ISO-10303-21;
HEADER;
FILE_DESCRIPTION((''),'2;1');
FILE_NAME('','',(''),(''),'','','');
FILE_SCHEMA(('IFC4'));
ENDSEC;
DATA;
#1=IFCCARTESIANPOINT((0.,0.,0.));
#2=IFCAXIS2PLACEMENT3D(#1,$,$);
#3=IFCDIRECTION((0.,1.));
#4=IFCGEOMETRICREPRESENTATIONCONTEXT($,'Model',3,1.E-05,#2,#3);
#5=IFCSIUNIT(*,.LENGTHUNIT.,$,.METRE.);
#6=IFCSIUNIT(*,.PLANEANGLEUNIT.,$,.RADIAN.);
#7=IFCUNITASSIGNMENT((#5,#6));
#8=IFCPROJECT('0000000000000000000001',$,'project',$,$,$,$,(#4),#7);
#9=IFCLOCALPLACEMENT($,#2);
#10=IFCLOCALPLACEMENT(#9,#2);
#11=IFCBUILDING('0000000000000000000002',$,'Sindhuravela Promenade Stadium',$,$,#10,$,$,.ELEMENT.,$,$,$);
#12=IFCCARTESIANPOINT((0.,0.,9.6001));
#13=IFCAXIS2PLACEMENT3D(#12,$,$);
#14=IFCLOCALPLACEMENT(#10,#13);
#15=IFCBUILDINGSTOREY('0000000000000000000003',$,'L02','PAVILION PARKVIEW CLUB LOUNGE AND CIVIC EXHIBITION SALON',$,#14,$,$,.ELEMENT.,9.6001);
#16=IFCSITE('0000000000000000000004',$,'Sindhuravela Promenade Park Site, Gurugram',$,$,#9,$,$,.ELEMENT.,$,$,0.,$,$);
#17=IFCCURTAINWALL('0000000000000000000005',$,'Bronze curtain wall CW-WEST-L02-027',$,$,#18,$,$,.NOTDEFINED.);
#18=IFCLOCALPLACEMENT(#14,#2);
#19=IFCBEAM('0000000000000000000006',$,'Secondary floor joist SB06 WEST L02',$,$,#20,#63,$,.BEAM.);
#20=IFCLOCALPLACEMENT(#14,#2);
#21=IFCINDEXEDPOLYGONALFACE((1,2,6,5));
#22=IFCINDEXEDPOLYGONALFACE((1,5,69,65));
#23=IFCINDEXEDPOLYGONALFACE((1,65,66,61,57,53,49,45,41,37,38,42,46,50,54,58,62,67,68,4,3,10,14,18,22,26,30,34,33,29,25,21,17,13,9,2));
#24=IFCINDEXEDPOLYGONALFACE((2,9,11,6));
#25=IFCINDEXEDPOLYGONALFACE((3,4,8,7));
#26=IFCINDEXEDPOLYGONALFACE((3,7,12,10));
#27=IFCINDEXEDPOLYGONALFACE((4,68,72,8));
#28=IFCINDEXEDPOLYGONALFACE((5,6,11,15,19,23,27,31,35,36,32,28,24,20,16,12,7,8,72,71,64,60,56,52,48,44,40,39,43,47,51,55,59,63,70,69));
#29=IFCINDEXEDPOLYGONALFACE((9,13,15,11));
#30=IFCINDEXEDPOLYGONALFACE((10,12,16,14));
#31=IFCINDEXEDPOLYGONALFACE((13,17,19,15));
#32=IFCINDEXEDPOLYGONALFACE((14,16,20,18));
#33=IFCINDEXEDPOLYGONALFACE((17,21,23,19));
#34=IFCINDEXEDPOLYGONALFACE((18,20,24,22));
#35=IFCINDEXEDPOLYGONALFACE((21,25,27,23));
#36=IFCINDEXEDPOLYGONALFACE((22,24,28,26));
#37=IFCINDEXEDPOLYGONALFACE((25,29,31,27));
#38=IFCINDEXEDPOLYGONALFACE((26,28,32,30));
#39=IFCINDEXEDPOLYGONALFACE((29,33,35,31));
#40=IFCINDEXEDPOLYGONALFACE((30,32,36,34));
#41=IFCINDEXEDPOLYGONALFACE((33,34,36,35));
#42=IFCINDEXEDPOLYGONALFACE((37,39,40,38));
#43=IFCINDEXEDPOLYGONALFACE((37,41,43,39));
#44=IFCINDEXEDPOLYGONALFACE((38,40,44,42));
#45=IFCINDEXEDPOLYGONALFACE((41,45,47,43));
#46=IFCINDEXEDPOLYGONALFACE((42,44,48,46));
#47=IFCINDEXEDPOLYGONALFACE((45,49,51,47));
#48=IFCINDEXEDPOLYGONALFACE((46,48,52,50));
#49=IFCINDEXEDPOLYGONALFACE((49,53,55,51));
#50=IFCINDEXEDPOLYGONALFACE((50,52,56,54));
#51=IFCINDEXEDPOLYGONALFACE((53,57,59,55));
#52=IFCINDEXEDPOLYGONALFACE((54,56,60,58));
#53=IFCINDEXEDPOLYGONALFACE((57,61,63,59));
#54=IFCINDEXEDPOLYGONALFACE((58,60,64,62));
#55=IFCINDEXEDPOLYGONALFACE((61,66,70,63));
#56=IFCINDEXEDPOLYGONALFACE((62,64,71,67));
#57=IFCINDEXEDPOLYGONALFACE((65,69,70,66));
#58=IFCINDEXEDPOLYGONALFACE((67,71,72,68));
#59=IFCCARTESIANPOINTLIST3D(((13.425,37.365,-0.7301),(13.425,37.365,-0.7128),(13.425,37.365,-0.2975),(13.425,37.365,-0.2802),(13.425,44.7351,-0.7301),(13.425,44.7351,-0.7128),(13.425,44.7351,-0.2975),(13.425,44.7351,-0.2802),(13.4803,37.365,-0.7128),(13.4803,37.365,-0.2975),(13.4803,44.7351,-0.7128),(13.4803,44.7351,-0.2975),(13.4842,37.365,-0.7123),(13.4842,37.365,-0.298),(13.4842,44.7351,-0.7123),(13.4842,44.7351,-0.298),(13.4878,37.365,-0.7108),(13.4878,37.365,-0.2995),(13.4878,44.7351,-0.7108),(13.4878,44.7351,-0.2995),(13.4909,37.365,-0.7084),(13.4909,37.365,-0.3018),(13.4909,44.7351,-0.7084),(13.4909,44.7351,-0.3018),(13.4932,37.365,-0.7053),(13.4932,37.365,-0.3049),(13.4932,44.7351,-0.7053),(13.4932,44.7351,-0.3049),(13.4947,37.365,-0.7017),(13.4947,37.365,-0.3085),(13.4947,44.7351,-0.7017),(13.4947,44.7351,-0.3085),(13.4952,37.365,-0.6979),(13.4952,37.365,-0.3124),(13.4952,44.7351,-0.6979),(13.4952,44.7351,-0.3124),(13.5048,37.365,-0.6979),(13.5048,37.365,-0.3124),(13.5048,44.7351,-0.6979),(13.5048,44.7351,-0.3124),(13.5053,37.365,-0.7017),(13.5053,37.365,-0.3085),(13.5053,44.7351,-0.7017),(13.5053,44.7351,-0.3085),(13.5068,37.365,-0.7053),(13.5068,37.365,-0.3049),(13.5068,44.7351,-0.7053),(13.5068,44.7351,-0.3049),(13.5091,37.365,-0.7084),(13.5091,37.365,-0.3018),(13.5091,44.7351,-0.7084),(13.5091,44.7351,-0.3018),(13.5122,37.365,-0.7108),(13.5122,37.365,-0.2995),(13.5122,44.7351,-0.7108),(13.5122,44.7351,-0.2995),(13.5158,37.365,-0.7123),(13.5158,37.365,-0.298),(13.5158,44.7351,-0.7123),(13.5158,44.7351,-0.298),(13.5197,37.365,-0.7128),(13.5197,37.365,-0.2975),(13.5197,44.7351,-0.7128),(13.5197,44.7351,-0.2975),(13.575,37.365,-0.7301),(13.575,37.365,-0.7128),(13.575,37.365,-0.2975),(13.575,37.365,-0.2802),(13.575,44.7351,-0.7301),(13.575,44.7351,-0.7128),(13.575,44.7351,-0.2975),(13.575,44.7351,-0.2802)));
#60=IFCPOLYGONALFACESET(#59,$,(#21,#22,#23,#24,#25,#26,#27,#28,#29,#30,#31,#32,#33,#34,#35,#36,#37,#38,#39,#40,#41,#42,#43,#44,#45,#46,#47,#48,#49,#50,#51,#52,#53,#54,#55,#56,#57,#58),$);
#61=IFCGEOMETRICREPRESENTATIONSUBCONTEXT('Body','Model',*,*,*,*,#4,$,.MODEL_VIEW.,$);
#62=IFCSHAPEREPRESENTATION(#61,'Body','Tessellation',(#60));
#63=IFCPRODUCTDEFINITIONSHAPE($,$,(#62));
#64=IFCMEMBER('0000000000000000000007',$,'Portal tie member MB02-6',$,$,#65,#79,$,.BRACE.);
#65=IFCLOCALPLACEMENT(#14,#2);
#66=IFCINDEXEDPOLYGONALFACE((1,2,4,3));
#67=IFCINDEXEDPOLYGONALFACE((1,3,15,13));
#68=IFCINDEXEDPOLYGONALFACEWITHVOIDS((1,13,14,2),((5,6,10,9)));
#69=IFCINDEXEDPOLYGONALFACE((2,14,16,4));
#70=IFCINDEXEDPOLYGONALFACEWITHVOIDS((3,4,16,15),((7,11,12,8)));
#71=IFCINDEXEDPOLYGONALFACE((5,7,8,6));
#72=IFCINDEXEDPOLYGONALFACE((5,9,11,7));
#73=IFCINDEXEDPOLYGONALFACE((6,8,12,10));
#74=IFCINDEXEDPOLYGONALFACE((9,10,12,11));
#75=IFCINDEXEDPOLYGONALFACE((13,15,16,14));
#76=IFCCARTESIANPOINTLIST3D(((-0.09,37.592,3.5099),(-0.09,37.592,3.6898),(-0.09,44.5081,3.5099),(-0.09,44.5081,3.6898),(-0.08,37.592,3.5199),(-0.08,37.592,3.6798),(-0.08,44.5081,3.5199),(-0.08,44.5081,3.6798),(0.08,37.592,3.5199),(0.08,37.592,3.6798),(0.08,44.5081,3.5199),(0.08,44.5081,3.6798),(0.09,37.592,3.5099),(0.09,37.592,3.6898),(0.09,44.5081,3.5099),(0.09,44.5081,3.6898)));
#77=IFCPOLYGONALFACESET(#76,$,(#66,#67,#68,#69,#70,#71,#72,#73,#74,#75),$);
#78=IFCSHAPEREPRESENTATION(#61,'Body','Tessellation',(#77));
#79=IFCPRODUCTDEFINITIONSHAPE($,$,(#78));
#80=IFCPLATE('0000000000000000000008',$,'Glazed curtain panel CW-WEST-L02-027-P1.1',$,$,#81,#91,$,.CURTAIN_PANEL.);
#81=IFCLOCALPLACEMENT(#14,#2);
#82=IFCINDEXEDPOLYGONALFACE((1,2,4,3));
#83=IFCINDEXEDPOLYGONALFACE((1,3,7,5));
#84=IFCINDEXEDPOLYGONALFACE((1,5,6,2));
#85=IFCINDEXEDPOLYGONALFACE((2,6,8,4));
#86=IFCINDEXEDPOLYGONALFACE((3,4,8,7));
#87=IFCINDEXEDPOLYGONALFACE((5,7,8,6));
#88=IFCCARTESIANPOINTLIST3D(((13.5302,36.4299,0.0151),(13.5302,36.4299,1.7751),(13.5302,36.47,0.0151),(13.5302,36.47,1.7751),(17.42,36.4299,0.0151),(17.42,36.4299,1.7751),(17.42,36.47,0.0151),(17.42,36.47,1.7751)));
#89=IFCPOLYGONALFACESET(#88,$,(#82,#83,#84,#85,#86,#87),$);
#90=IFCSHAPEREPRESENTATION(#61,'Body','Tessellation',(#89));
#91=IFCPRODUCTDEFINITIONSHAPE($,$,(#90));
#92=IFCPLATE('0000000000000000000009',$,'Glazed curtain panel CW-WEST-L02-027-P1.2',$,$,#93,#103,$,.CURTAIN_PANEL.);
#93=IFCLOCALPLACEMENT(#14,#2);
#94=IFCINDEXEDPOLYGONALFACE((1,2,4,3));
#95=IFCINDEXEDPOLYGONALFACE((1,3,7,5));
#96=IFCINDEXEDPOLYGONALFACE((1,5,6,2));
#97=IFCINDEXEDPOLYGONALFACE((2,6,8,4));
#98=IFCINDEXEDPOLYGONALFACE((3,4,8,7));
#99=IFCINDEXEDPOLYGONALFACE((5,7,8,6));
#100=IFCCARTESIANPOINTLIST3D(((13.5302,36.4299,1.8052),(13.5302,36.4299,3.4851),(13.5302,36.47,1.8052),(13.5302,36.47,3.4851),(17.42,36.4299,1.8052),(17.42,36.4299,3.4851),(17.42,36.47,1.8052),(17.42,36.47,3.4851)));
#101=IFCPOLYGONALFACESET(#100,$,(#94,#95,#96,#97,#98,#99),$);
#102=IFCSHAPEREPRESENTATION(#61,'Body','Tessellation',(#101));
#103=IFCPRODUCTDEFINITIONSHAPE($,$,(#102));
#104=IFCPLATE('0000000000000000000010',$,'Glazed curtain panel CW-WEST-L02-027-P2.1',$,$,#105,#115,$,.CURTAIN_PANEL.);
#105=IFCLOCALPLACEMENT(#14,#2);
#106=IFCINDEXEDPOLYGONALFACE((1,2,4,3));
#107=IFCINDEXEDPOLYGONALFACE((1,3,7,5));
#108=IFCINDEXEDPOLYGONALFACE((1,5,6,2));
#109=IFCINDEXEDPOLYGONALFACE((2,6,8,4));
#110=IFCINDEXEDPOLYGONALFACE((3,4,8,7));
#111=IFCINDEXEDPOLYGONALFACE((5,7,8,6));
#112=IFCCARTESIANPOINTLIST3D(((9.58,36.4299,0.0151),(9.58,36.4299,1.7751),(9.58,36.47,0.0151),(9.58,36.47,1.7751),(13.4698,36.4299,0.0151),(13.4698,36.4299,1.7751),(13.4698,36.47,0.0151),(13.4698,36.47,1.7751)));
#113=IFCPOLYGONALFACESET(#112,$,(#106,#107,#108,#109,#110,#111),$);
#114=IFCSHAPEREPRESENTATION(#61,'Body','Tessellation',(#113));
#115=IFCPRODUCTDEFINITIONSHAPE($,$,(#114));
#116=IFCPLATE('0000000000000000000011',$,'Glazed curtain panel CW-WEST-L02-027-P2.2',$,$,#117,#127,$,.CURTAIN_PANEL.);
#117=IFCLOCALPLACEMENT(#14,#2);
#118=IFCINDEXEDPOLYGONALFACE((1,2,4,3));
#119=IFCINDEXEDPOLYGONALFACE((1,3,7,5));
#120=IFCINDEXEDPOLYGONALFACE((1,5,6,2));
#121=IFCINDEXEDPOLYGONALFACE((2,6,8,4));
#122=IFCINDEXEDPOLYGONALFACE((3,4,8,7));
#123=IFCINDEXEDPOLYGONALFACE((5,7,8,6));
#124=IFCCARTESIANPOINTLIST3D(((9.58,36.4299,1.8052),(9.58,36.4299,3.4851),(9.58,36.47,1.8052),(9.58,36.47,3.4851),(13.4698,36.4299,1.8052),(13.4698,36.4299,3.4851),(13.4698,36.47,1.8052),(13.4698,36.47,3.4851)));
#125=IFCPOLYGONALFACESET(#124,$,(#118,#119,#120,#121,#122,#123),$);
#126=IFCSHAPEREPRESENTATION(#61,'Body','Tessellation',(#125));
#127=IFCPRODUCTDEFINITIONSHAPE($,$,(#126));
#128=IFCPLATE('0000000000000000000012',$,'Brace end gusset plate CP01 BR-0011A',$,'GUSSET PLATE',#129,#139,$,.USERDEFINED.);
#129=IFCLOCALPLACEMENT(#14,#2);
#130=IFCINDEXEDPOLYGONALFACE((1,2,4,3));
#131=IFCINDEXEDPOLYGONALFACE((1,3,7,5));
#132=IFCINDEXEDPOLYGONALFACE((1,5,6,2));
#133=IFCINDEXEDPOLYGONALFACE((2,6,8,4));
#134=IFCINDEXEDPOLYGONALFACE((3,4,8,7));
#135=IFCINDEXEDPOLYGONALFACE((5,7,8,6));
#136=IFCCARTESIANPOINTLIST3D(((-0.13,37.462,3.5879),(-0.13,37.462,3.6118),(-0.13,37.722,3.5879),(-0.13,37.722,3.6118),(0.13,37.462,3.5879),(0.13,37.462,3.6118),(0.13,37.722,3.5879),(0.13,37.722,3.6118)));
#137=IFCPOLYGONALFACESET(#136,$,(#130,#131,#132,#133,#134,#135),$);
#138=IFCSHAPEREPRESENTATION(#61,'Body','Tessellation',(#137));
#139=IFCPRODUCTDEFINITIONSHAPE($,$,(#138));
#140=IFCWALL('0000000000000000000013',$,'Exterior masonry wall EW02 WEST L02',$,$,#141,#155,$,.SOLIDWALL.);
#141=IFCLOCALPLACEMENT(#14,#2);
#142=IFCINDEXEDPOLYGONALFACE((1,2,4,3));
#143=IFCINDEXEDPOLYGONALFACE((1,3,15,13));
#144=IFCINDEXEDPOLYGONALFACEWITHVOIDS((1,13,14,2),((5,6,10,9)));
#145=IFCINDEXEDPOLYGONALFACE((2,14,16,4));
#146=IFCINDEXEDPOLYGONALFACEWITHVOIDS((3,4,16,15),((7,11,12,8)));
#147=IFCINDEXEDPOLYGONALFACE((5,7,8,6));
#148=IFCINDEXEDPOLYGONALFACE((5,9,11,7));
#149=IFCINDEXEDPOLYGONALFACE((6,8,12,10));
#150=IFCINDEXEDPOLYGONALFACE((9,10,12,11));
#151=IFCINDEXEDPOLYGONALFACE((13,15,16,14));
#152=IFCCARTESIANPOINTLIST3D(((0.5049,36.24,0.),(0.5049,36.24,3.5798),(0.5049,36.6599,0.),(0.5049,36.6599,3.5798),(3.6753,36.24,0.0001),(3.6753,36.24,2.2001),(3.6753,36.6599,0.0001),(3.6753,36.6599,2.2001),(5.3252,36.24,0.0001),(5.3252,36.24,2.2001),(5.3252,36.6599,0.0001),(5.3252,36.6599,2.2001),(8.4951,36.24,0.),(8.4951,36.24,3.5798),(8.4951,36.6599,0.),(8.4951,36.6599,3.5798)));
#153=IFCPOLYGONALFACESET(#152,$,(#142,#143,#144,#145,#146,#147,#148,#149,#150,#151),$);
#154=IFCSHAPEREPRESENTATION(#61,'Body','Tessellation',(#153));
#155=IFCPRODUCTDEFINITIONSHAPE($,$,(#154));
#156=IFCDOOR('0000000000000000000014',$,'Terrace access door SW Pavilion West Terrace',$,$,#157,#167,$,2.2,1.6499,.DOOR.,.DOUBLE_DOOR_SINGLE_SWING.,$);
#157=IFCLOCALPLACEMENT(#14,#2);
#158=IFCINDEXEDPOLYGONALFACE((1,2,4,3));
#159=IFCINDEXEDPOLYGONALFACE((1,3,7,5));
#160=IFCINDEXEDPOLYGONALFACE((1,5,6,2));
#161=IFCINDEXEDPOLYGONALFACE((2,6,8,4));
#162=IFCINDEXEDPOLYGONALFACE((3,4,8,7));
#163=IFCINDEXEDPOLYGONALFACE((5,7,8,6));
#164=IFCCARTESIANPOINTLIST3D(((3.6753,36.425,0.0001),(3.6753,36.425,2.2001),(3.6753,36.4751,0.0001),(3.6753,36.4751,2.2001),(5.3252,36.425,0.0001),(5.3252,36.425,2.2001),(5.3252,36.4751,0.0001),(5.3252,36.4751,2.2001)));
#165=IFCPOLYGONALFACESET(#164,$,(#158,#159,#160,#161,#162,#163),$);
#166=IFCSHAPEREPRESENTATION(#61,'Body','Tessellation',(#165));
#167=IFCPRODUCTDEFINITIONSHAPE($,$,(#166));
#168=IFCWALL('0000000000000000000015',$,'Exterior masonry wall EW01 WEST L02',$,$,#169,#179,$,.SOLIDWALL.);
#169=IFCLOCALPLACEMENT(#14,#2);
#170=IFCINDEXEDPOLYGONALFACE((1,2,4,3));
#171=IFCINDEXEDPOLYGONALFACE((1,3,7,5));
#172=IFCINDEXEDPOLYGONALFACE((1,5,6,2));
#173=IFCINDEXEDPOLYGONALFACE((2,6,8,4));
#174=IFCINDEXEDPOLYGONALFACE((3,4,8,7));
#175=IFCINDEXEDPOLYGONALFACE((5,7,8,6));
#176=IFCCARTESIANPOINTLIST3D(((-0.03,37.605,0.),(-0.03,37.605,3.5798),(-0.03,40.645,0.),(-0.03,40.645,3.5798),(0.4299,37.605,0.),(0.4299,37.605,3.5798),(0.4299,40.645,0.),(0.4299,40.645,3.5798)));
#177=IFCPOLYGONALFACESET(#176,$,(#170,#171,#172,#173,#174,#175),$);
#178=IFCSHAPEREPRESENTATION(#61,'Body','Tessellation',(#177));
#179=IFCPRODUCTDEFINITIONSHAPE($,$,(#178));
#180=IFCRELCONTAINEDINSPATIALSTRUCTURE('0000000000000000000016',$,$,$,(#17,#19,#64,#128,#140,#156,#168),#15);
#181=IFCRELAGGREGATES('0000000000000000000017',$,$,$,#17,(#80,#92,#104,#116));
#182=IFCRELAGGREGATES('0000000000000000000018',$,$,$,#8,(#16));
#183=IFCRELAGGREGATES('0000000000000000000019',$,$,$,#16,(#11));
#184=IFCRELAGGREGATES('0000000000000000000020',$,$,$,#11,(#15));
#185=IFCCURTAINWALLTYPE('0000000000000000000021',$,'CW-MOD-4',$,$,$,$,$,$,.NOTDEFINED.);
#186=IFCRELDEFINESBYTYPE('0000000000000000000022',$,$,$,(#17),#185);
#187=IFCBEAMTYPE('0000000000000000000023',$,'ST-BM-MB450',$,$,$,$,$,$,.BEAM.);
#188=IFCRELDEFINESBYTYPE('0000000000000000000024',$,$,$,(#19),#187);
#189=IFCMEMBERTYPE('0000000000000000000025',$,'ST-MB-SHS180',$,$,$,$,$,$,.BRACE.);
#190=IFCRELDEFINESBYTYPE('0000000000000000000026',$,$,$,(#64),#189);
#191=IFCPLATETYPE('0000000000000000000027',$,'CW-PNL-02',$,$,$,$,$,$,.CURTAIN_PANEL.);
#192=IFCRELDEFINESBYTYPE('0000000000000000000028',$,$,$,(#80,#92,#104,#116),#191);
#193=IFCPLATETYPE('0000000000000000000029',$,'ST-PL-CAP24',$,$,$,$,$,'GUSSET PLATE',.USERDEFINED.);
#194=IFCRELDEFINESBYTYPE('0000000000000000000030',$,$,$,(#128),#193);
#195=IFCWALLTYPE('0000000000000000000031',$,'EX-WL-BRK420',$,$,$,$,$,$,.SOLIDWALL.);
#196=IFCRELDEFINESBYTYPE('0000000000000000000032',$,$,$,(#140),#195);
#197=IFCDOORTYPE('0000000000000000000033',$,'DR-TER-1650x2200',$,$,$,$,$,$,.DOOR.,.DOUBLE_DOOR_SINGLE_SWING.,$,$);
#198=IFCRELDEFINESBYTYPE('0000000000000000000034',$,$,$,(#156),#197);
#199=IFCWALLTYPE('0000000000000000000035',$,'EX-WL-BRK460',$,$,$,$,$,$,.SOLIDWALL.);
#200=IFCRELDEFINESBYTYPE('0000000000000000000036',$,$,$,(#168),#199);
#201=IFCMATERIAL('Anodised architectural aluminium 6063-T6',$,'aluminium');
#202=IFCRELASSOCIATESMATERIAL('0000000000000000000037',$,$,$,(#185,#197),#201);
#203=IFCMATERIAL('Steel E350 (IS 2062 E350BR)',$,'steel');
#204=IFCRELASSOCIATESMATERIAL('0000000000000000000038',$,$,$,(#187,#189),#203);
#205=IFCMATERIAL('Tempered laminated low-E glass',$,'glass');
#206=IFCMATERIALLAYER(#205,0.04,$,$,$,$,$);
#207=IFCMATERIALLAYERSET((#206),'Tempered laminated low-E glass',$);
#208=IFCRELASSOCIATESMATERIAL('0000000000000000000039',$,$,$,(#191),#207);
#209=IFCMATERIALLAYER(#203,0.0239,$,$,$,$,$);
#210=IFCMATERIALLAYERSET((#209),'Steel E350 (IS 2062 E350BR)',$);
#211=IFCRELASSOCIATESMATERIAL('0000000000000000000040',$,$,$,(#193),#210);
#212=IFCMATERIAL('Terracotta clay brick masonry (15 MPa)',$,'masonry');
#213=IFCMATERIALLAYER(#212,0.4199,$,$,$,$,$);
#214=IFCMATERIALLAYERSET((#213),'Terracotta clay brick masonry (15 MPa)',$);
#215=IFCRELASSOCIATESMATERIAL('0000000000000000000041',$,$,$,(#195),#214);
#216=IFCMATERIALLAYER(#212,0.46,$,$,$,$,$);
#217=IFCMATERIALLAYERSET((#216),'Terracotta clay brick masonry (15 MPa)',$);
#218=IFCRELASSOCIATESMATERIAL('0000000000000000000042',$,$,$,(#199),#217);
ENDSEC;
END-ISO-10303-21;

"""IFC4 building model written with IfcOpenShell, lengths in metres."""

from ifc_helpers import new_model, si_unit, direction, frame, frame_2d, origin, origin_2d, place, context, subcontext, project, spatial, rectangle, hollow_rectangle, i_section, extrude, material, layer, layer_set, material_profile, profile_set, type_object, element, fill, aggregate, save


model = new_model("IFC4")

# Units and contexts
model_context = context("Model", 3, precision=1e-05, world=origin(), true_north=direction((0.0, 1.0)))
body_context = subcontext(model_context, "Body", "Model", "MODEL_VIEW")
ifc_project = project(units=[si_unit("LENGTHUNIT", "METRE"), si_unit("PLANEANGLEUNIT", "RADIAN")], contexts=[model_context])

# Site, building, storey
site_placement = place(None, origin())
site = spatial("IfcSite", under=ifc_project, at=site_placement, Name="Sindhuravela Promenade Park Site, Gurugram", CompositionType="ELEMENT", RefElevation=0.0)
building_placement = place(site_placement, origin())
building = spatial("IfcBuilding", under=site, at=building_placement, Name="Sindhuravela Promenade Stadium", CompositionType="ELEMENT")
storey_placement = place(building_placement, frame((0.0, 0.0, 9.6001)))
storey = spatial("IfcBuildingStorey", under=building, at=storey_placement, Name="L02", Description="PAVILION PARKVIEW CLUB LOUNGE AND CIVIC EXHIBITION SALON", CompositionType="ELEMENT", Elevation=9.6001)

# Curtain wall
ifc_material_1 = material(Name="Anodised architectural aluminium 6063-T6", Category="aluminium")
curtain_wall_type = type_object("IfcCurtainWallType", Name="CW-MOD-4", PredefinedType="NOTDEFINED", material=ifc_material_1)
curtain_wall_placement = place(storey_placement, origin())
curtain_wall = element("IfcCurtainWall", 1, at=curtain_wall_placement, inside=storey, type_object=curtain_wall_type, Name="Bronze curtain wall CW-WEST-L02-027", PredefinedType="NOTDEFINED")

# Beam
ifc_material_2 = material(Name="Steel E350 (IS 2062 E350BR)", Category="steel")
ifc_material_profile_1 = material_profile(ifc_material_2, i_section(OverallWidth=0.1499, OverallDepth=0.45, WebThickness=0.0095, FlangeThickness=0.0173, FilletRadius=0.0149, at=origin_2d()), Name="ISMB 450")
ifc_profile_set_1 = profile_set([ifc_material_profile_1], Name="Steel E350 (IS 2062 E350BR)")
beam_type_1 = type_object("IfcBeamType", Name="ST-BM-MB450", PredefinedType="BEAM", material=ifc_profile_set_1)
beam_1_placement = place(storey_placement, frame((13.5, 37.365, -0.5051), z_axis=(0.0, 1.0, 0.0), x_axis=(-1.0, 0.0, 0.0)))
element("IfcBeam", 2, at=beam_1_placement, inside=storey, type_object=beam_type_1, Name="Secondary floor joist SB06 WEST L02", PredefinedType="BEAM", context=body_context, shape_type="SweptSolid", body=[
    extrude(i_section(OverallWidth=0.1499, OverallDepth=0.45, WebThickness=0.0095, FlangeThickness=0.0173, FilletRadius=0.0149, at=origin_2d()), origin(), (0.0, 0.0, 1.0), 7.3701),
])

# Member
ifc_material_profile_2 = material_profile(ifc_material_2, hollow_rectangle(XDim=0.1799, YDim=0.1799, WallThickness=0.01, at=origin_2d()), Name="SHS 180x180x10")
ifc_profile_set_2 = profile_set([ifc_material_profile_2], Name="Steel E350 (IS 2062 E350BR)")
member_type_1 = type_object("IfcMemberType", Name="ST-MB-SHS180", PredefinedType="BRACE", material=ifc_profile_set_2)
member_1_placement = place(storey_placement, frame((0.0, 37.592, 3.5999), z_axis=(0.0, 1.0, 0.0), x_axis=(-1.0, 0.0, 0.0)))
element("IfcMember", 3, at=member_1_placement, inside=storey, type_object=member_type_1, Name="Portal tie member MB02-6", PredefinedType="BRACE", context=body_context, shape_type="SweptSolid", body=[
    extrude(hollow_rectangle(XDim=0.1799, YDim=0.1799, WallThickness=0.01, at=origin_2d()), origin(), (0.0, 0.0, 1.0), 6.916),
])

# Plates
ifc_material_3 = material(Name="Tempered laminated low-E glass", Category="glass")
ifc_layer_1 = layer(ifc_material_3, 0.04)
ifc_layer_set_1 = layer_set([ifc_layer_1], Name="Tempered laminated low-E glass")
plate_type_1 = type_object("IfcPlateType", Name="CW-PNL-02", PredefinedType="CURTAIN_PANEL", material=ifc_layer_set_1)
plate_1_placement = place(storey_placement, frame((15.4751, 36.45, 0.0151), z_axis=(0.0, 0.0, 1.0), x_axis=(-1.0, 0.0, 0.0)))
plate_1 = element("IfcPlate", 4, at=plate_1_placement, type_object=plate_type_1, Name="Glazed curtain panel CW-WEST-L02-027-P1.1", PredefinedType="CURTAIN_PANEL", context=body_context, shape_type="SweptSolid", body=[
    extrude(rectangle(XDim=3.8899, YDim=0.04, at=origin_2d()), origin(), (0.0, 0.0, 1.0), 1.76),
])
plate_2_placement = place(storey_placement, frame((15.4751, 36.45, 1.8052), z_axis=(0.0, 0.0, 1.0), x_axis=(-1.0, 0.0, 0.0)))
plate_2 = element("IfcPlate", 5, at=plate_2_placement, type_object=plate_type_1, Name="Glazed curtain panel CW-WEST-L02-027-P1.2", PredefinedType="CURTAIN_PANEL", context=body_context, shape_type="SweptSolid", body=[
    extrude(rectangle(XDim=3.8899, YDim=0.04, at=origin_2d()), origin(), (0.0, 0.0, 1.0), 1.6799),
])
plate_3_placement = place(storey_placement, frame((11.5249, 36.45, 0.0151), z_axis=(0.0, 0.0, 1.0), x_axis=(-1.0, 0.0, 0.0)))
plate_3 = element("IfcPlate", 6, at=plate_3_placement, type_object=plate_type_1, Name="Glazed curtain panel CW-WEST-L02-027-P2.1", PredefinedType="CURTAIN_PANEL", context=body_context, shape_type="SweptSolid", body=[
    extrude(rectangle(XDim=3.8899, YDim=0.04, at=origin_2d()), origin(), (0.0, 0.0, 1.0), 1.76),
])
plate_4_placement = place(storey_placement, frame((11.5249, 36.45, 1.8052), z_axis=(0.0, 0.0, 1.0), x_axis=(-1.0, 0.0, 0.0)))
plate_4 = element("IfcPlate", 7, at=plate_4_placement, type_object=plate_type_1, Name="Glazed curtain panel CW-WEST-L02-027-P2.2", PredefinedType="CURTAIN_PANEL", context=body_context, shape_type="SweptSolid", body=[
    extrude(rectangle(XDim=3.8899, YDim=0.04, at=origin_2d()), origin(), (0.0, 0.0, 1.0), 1.6799),
])
aggregate(curtain_wall, [plate_1, plate_2, plate_3, plate_4])
ifc_layer_2 = layer(ifc_material_2, 0.0239)
ifc_layer_set_2 = layer_set([ifc_layer_2], Name="Steel E350 (IS 2062 E350BR)")
plate_type_2 = type_object("IfcPlateType", Name="ST-PL-CAP24", ElementType="GUSSET PLATE", PredefinedType="USERDEFINED", material=ifc_layer_set_2)
plate_5_placement = place(storey_placement, frame((0.0, 37.592, 3.5879), z_axis=(0.0, 0.0, 1.0), x_axis=(1.0, 0.0, 0.0)))
element("IfcPlate", 8, at=plate_5_placement, inside=storey, type_object=plate_type_2, Name="Brace end gusset plate CP01 BR-0011A", ObjectType="GUSSET PLATE", PredefinedType="USERDEFINED", context=body_context, shape_type="SweptSolid", body=[
    extrude(rectangle(XDim=0.26, YDim=0.26, at=origin_2d()), origin(), (0.0, 0.0, 1.0), 0.0239),
])

# Wall, opening, door
ifc_material_4 = material(Name="Terracotta clay brick masonry (15 MPa)", Category="masonry")
ifc_layer_3 = layer(ifc_material_4, 0.4199)
ifc_layer_set_3 = layer_set([ifc_layer_3], Name="Terracotta clay brick masonry (15 MPa)")
wall_type_1 = type_object("IfcWallType", Name="EX-WL-BRK420", PredefinedType="SOLIDWALL", material=ifc_layer_set_3)
wall_1_placement = place(storey_placement, frame((8.4951, 36.45, 0.0), z_axis=(0.0, 0.0, 1.0), x_axis=(-1.0, 0.0, 0.0)))
wall_1 = element("IfcWall", 9, at=wall_1_placement, inside=storey, type_object=wall_type_1, Name="Exterior masonry wall EW02 WEST L02", PredefinedType="SOLIDWALL", context=body_context, shape_type="SweptSolid", body=[
    extrude(rectangle(XDim=7.9902, YDim=0.4199, at=frame_2d((3.9951, 0.0))), origin(), (0.0, 0.0, 1.0), 3.5798),
])
opening_1_placement = place(wall_1_placement, frame((3.1699, 0.0, 0.0)))
opening_1 = element("IfcOpeningElement", 10, at=opening_1_placement, cuts=wall_1, PredefinedType="OPENING", context=body_context, shape_type="SweptSolid", body=[
    extrude(rectangle(XDim=1.6499, YDim=2.2, at=frame_2d((0.825, 1.1001))), frame((0.0, 0.22, 0.0), z_axis=(0.0, -1.0, 0.0), x_axis=(1.0, 0.0, 0.0)), (0.0, 0.0, 1.0), 0.4399),
])
door_type_1 = type_object("IfcDoorType", Name="DR-TER-1650x2200", OperationType="DOUBLE_DOOR_SINGLE_SWING", PredefinedType="DOOR", material=ifc_material_1)
door_1_placement = place(opening_1_placement, origin())
door_1 = element("IfcDoor", 11, at=door_1_placement, inside=storey, type_object=door_type_1, Name="Terrace access door SW Pavilion West Terrace", OperationType="DOUBLE_DOOR_SINGLE_SWING", OverallHeight=2.2, OverallWidth=1.6499, PredefinedType="DOOR", context=body_context, shape_type="SweptSolid", body=[
    extrude(rectangle(XDim=1.6499, YDim=2.2, at=frame_2d((0.825, 1.1001))), frame((0.0, 0.0249, 0.0), z_axis=(0.0, -1.0, 0.0), x_axis=(1.0, 0.0, 0.0)), (0.0, 0.0, 1.0), 0.05),
])
fill(opening_1, door_1)

# Wall
ifc_layer_4 = layer(ifc_material_4, 0.46)
ifc_layer_set_4 = layer_set([ifc_layer_4], Name="Terracotta clay brick masonry (15 MPa)")
wall_type_2 = type_object("IfcWallType", Name="EX-WL-BRK460", PredefinedType="SOLIDWALL", material=ifc_layer_set_4)
wall_2_placement = place(storey_placement, frame((0.2, 37.605, 0.0), z_axis=(0.0, 0.0, 1.0), x_axis=(0.0, 1.0, 0.0)))
element("IfcWall", 12, at=wall_2_placement, inside=storey, type_object=wall_type_2, Name="Exterior masonry wall EW01 WEST L02", PredefinedType="SOLIDWALL", context=body_context, shape_type="SweptSolid", body=[
    extrude(rectangle(XDim=3.04, YDim=0.46, at=frame_2d((1.52, 0.0))), origin(), (0.0, 0.0, 1.0), 3.5798),
])

save(model, "model.ifc")
